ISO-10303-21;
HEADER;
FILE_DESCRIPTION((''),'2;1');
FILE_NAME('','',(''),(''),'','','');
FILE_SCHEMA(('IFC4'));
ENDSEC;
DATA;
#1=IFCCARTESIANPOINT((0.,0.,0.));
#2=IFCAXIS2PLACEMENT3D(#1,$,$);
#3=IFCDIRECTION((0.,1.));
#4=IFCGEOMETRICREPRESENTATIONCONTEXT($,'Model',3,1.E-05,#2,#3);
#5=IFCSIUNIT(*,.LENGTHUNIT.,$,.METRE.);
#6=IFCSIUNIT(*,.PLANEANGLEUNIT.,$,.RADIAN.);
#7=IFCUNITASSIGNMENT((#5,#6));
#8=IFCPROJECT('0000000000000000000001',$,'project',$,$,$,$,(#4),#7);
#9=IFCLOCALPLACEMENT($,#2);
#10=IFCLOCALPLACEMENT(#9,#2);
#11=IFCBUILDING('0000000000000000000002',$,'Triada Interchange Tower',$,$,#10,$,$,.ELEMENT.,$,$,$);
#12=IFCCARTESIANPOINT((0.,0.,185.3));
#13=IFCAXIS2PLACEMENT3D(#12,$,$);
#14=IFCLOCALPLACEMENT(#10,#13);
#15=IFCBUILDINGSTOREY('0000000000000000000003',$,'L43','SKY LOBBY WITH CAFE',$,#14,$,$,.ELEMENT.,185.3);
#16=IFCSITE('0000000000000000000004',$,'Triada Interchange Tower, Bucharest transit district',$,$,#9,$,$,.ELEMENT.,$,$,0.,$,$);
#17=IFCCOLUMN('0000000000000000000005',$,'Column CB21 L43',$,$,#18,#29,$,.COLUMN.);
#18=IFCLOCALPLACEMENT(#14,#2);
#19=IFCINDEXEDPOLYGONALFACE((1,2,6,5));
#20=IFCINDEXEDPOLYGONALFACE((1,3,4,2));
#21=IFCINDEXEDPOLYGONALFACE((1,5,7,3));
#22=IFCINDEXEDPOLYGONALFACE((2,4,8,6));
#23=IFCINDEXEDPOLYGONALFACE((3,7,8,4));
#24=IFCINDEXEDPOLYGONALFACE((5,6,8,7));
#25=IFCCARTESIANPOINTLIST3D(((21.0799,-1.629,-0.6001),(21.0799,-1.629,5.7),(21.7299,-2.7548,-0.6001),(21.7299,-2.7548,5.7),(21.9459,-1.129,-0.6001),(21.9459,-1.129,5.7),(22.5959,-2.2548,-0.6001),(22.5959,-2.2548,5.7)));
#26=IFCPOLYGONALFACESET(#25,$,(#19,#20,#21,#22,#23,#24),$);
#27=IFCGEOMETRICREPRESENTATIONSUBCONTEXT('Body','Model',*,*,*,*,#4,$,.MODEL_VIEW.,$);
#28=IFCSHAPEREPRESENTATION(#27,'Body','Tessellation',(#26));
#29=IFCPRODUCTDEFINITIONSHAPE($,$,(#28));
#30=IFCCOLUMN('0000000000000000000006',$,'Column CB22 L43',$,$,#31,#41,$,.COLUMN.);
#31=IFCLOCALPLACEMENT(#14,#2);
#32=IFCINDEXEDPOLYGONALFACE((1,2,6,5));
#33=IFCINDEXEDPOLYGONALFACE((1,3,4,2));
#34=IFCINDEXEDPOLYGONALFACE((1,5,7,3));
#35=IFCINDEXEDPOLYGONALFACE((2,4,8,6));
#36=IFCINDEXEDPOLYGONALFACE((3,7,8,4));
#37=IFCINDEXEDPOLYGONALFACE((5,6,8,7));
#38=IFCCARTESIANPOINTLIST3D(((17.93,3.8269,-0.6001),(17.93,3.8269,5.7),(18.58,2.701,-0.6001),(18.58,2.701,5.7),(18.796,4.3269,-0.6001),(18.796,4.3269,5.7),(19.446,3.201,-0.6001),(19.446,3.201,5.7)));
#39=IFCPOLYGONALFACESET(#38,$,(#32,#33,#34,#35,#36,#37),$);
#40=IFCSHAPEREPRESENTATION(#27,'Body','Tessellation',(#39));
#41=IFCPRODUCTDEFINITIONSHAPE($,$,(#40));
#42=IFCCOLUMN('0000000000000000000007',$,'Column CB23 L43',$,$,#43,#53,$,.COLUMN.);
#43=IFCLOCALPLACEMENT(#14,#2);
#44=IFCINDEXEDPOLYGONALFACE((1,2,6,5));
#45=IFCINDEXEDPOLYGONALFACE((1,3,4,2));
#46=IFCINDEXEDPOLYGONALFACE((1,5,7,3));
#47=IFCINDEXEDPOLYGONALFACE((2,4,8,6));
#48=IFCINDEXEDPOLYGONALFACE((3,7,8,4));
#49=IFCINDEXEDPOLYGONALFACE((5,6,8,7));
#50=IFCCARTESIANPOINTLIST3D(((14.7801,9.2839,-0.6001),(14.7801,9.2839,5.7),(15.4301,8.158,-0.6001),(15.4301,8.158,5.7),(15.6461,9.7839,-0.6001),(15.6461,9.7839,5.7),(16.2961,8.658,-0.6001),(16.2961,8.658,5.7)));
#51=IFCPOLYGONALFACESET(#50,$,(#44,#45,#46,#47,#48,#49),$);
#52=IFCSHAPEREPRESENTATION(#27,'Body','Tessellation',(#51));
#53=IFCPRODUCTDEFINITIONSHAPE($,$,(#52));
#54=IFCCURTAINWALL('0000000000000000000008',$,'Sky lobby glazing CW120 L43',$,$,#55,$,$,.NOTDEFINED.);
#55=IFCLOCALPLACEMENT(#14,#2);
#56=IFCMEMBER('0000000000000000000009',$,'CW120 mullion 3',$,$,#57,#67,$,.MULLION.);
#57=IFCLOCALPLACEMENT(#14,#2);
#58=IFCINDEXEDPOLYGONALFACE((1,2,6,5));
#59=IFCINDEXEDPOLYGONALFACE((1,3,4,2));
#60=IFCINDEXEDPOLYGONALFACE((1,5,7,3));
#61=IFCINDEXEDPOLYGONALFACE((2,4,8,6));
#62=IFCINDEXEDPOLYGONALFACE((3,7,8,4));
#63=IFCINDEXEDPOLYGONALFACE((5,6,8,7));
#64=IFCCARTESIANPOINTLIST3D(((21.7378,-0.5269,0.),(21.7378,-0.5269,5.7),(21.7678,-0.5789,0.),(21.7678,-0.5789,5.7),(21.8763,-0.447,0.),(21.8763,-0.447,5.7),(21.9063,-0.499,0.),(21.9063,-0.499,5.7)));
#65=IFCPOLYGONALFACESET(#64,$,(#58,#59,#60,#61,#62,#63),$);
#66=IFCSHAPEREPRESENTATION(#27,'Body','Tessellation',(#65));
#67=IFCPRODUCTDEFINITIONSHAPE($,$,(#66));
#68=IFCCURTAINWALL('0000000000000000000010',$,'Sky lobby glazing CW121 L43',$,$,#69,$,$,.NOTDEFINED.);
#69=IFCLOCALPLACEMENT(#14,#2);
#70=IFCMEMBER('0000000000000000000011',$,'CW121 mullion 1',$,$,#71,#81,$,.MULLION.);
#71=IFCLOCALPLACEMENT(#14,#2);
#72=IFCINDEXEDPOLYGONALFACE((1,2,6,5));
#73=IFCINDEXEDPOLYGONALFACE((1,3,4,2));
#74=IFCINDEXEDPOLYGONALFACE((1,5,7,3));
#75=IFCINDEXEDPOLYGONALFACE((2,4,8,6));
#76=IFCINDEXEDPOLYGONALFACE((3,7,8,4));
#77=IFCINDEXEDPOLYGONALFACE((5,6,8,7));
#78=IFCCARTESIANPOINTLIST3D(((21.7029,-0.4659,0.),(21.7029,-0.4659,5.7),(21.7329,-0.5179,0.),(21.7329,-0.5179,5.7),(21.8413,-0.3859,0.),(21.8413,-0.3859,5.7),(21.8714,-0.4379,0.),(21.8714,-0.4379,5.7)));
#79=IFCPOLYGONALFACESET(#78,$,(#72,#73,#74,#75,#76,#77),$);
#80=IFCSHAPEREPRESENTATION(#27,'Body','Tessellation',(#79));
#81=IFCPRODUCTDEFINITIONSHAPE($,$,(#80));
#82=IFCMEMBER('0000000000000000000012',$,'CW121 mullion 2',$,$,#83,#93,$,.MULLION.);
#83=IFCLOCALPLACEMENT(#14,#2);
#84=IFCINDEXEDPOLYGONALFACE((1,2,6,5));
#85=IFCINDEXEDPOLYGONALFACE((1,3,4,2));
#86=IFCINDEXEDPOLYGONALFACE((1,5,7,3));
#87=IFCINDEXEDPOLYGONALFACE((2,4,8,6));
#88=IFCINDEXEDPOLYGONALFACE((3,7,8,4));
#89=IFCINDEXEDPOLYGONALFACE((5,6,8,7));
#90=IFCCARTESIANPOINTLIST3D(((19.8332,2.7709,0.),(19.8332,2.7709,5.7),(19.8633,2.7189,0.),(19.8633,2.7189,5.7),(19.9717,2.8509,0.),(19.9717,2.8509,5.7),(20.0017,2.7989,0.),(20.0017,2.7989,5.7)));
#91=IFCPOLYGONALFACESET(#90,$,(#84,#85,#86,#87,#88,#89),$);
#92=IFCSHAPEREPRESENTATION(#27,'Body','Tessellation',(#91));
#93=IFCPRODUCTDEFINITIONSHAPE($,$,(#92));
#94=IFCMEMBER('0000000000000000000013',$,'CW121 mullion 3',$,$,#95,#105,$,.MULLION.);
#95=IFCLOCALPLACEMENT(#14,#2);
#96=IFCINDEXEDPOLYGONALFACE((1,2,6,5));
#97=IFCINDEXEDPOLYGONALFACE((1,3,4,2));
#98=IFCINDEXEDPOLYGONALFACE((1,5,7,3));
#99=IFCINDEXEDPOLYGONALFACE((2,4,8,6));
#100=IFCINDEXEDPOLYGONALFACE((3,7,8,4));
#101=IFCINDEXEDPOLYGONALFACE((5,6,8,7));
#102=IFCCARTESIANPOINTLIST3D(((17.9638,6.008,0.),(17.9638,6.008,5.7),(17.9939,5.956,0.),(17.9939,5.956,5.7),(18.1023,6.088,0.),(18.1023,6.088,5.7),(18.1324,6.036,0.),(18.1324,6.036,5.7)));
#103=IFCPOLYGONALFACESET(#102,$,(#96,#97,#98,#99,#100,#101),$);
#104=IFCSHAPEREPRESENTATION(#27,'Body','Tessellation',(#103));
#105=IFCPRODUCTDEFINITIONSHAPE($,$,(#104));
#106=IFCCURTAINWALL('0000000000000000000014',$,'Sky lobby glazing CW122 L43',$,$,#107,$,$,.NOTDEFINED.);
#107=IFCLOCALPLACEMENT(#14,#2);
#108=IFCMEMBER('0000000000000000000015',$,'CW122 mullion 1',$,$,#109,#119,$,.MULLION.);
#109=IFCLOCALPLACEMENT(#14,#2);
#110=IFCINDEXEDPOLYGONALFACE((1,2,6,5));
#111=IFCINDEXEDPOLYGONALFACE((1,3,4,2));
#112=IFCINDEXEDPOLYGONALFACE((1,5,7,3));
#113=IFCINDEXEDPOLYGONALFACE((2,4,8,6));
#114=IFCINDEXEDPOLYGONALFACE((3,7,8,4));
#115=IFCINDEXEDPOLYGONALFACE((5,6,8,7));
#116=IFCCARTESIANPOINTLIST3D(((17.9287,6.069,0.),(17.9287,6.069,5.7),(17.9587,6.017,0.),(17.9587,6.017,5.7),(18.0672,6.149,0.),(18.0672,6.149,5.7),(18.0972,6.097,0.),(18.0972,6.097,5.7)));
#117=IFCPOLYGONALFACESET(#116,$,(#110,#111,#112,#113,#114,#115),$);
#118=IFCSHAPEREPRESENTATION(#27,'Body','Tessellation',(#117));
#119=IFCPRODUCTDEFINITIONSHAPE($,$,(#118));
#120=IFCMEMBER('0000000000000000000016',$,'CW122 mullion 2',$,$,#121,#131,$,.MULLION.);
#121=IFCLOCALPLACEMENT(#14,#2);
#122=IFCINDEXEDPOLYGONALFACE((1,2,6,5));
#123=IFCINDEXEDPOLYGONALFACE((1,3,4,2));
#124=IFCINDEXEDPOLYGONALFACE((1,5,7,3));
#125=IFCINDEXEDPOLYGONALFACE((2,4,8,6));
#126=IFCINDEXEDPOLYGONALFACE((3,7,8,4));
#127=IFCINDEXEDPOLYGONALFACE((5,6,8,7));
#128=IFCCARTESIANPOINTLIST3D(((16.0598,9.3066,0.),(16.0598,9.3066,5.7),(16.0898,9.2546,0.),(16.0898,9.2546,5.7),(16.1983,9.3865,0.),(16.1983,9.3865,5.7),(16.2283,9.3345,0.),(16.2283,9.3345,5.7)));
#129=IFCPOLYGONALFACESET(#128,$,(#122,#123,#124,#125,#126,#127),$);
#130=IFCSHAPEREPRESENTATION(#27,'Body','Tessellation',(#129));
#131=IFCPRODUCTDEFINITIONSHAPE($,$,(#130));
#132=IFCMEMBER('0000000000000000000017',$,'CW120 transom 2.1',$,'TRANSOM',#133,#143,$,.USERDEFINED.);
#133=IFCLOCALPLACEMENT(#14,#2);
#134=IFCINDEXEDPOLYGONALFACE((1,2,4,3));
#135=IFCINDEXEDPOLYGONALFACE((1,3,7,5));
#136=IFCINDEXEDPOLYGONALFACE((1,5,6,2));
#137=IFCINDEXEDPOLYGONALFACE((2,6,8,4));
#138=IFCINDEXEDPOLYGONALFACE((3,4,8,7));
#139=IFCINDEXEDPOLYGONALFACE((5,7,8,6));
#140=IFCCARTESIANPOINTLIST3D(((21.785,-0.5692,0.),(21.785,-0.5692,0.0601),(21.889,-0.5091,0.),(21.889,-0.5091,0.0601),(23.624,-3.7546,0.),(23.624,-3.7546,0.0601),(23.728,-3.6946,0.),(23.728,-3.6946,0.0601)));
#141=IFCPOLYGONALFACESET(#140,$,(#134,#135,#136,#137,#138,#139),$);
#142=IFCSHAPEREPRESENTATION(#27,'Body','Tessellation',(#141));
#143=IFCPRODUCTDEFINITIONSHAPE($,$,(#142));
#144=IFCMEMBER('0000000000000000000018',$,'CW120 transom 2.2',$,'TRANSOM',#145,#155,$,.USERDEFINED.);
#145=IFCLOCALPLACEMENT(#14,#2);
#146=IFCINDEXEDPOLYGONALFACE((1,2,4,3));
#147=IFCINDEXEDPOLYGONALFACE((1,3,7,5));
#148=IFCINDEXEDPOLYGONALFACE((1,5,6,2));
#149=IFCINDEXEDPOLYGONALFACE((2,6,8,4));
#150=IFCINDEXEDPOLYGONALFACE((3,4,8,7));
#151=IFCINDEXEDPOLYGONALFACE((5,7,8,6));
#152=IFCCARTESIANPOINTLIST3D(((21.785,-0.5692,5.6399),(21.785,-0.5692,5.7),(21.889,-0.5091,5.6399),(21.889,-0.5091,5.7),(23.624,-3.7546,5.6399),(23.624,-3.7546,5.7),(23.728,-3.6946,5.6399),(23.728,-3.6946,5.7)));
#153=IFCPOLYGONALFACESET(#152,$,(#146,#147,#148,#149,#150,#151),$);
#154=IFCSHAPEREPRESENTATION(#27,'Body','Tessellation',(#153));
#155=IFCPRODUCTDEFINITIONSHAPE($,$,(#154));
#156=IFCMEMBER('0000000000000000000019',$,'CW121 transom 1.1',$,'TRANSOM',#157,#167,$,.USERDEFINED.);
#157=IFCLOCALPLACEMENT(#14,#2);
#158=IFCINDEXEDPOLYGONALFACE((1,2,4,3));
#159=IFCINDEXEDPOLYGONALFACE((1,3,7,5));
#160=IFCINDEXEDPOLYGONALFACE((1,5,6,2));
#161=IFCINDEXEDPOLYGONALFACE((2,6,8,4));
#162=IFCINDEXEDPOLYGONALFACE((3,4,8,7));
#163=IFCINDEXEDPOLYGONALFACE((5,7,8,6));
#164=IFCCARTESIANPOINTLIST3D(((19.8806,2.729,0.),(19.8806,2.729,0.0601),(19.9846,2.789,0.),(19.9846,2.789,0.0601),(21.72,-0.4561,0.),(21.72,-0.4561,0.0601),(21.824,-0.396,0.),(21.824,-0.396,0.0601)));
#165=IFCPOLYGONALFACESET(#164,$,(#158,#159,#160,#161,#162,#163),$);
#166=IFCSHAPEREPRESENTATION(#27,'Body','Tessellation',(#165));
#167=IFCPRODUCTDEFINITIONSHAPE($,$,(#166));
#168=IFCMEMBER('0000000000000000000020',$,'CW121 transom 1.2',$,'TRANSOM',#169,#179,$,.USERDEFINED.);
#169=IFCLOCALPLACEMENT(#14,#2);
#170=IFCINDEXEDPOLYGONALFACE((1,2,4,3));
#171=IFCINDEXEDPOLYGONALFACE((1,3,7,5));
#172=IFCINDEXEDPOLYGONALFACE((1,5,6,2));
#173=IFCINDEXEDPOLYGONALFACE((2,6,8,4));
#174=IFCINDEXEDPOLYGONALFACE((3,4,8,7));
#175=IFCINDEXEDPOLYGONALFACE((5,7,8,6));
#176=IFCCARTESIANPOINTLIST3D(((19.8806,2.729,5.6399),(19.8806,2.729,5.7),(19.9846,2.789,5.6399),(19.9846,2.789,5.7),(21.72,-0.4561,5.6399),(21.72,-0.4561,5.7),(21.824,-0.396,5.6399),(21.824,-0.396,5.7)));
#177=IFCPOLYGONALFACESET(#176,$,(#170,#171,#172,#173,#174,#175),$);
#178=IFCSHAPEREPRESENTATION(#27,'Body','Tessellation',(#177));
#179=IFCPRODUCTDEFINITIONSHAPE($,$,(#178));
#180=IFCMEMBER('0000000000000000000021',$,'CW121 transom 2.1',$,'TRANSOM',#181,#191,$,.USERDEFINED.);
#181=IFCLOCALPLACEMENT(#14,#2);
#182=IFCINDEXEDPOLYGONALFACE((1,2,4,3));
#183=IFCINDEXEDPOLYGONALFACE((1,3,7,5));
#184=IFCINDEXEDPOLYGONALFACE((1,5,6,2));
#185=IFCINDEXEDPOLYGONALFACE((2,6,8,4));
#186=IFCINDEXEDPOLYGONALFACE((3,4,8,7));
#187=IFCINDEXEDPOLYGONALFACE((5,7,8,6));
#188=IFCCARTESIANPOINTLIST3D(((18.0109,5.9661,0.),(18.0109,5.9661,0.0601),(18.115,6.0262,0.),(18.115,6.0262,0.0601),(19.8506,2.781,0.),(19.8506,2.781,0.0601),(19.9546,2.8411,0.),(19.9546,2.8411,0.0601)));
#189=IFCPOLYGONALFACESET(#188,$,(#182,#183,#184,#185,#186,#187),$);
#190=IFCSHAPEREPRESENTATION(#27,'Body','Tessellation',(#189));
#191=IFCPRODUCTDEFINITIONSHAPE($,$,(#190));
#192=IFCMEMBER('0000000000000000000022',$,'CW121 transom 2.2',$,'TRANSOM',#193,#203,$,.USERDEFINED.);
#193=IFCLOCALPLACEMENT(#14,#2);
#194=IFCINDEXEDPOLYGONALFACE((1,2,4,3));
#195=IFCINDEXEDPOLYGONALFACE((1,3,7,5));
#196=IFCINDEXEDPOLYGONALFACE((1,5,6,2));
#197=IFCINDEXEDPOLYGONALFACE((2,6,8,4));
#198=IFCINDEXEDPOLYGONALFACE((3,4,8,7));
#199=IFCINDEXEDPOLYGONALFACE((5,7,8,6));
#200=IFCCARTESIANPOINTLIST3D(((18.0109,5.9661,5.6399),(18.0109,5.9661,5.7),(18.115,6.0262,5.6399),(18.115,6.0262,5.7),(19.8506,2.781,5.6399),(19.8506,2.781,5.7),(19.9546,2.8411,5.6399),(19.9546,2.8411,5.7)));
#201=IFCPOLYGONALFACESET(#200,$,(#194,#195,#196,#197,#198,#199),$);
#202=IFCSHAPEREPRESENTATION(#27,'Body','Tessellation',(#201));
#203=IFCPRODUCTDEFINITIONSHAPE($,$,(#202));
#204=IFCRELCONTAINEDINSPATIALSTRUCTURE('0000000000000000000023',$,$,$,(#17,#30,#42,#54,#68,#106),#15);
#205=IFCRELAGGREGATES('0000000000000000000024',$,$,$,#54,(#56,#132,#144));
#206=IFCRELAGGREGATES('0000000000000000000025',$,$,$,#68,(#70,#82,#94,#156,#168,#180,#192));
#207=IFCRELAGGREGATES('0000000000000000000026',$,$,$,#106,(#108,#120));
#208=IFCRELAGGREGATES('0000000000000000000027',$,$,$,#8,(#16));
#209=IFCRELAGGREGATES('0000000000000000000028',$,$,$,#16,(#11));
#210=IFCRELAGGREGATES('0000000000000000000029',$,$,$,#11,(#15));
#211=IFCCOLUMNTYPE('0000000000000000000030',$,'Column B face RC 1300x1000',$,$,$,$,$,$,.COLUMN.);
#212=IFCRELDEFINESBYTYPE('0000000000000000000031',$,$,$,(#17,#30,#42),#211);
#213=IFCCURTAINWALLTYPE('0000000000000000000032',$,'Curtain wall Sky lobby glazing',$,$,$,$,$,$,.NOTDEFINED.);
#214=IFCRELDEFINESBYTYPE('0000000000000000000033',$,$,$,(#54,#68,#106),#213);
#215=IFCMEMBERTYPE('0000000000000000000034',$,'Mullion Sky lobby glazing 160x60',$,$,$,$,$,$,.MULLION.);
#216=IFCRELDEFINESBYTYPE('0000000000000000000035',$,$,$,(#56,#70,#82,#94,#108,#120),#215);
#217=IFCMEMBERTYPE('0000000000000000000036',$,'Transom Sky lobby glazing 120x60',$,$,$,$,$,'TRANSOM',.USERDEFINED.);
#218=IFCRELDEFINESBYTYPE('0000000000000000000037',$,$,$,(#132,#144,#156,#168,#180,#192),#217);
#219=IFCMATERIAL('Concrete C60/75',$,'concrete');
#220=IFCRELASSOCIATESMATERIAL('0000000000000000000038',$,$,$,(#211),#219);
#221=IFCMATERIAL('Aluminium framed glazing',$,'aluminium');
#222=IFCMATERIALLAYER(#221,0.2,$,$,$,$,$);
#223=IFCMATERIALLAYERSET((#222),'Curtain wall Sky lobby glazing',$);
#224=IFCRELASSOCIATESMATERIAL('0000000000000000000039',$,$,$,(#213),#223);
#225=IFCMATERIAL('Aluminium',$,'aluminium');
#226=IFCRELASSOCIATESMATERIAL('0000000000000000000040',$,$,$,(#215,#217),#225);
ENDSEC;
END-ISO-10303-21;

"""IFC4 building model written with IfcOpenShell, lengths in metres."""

from ifc_helpers import new_model, si_unit, direction, frame, origin, origin_2d, place, context, subcontext, project, spatial, rectangle, extrude, material, layer, layer_set, material_profile, profile_set, type_object, element, aggregate, save


model = new_model("IFC4")

# Units and contexts
model_context = context("Model", 3, precision=1e-05, world=origin(), true_north=direction((0.0, 1.0)))
body_context = subcontext(model_context, "Body", "Model", "MODEL_VIEW")
ifc_project = project(units=[si_unit("LENGTHUNIT", "METRE"), si_unit("PLANEANGLEUNIT", "RADIAN")], contexts=[model_context])

# Site, building, storey
site_placement = place(None, origin())
site = spatial("IfcSite", under=ifc_project, at=site_placement, Name="Triada Interchange Tower, Bucharest transit district", CompositionType="ELEMENT", RefElevation=0.0)
building_placement = place(site_placement, origin())
building = spatial("IfcBuilding", under=site, at=building_placement, Name="Triada Interchange Tower", CompositionType="ELEMENT")
storey_placement = place(building_placement, frame((0.0, 0.0, 185.3)))
storey = spatial("IfcBuildingStorey", under=building, at=storey_placement, Name="L43", Description="SKY LOBBY WITH CAFE", CompositionType="ELEMENT", Elevation=185.3)

# Columns
ifc_material_1 = material(Name="Concrete C60/75", Category="concrete")
ifc_material_profile_1 = material_profile(ifc_material_1, rectangle(XDim=1.3, YDim=1.0, at=origin_2d()), Name="RC 1300x1000")
ifc_profile_set_1 = profile_set([ifc_material_profile_1], Name="Concrete C60/75")
column_type = type_object("IfcColumnType", Name="Column B face RC 1300x1000", PredefinedType="COLUMN", material=ifc_profile_set_1)
for number, where, z_axis, x_axis, name in (
    (1, (21.8379, -1.9419, -0.6001), (0.0, 0.0, 1.0), (-0.5, 0.866025, 0.0), "Column CB21 L43"),
    (2, (18.688, 3.5139, -0.6001), (0.0, 0.0, 1.0), (-0.5, 0.866025, 0.0), "Column CB22 L43"),
    (3, (15.5381, 8.9709, -0.6001), (0.0, 0.0, 1.0), (-0.5, 0.866025, 0.0), "Column CB23 L43"),
):
    element("IfcColumn", number, at=place(storey_placement, frame(where, z_axis=z_axis, x_axis=x_axis)), inside=storey, type_object=column_type, Name=name, PredefinedType="COLUMN", context=body_context, shape_type="SweptSolid", body=[
        extrude(rectangle(XDim=1.3, YDim=1.0, at=origin_2d()), origin(), (0.0, 0.0, 1.0), 6.3),
    ])

# Curtain wall, member
ifc_material_2 = material(Name="Aluminium framed glazing", Category="aluminium")
ifc_layer_1 = layer(ifc_material_2, 0.2)
ifc_layer_set_1 = layer_set([ifc_layer_1], Name="Curtain wall Sky lobby glazing")
curtain_wall_type = type_object("IfcCurtainWallType", Name="Curtain wall Sky lobby glazing", PredefinedType="NOTDEFINED", material=ifc_layer_set_1)
curtain_wall_1_placement = place(storey_placement, origin())
curtain_wall_1 = element("IfcCurtainWall", 4, at=curtain_wall_1_placement, inside=storey, type_object=curtain_wall_type, Name="Sky lobby glazing CW120 L43", PredefinedType="NOTDEFINED")
ifc_material_3 = material(Name="Aluminium", Category="aluminium")
ifc_material_profile_2 = material_profile(ifc_material_3, rectangle(XDim=0.1599, YDim=0.0601, at=origin_2d()), Name="Aluminium mullion")
ifc_profile_set_2 = profile_set([ifc_material_profile_2], Name="Aluminium")
member_type_1 = type_object("IfcMemberType", Name="Mullion Sky lobby glazing 160x60", PredefinedType="MULLION", material=ifc_profile_set_2)
member_1_placement = place(storey_placement, frame((21.822, -0.5129, 0.0), z_axis=(0.0, 0.0, 1.0), x_axis=(-0.866046, -0.499964, 0.0)))
member_1 = element("IfcMember", 5, at=member_1_placement, type_object=member_type_1, Name="CW120 mullion 3", PredefinedType="MULLION", context=body_context, shape_type="SweptSolid", body=[
    extrude(rectangle(XDim=0.1599, YDim=0.0601, at=origin_2d()), origin(), (0.0, 0.0, 1.0), 5.7),
])

# Curtain walls, members
curtain_wall_2_placement = place(storey_placement, origin())
curtain_wall_2 = element("IfcCurtainWall", 6, at=curtain_wall_2_placement, inside=storey, type_object=curtain_wall_type, Name="Sky lobby glazing CW121 L43", PredefinedType="NOTDEFINED")
member_2_placement = place(storey_placement, frame((21.7871, -0.4519, 0.0), z_axis=(0.0, 0.0, 1.0), x_axis=(-0.865956, -0.500121, 0.0)))
member_2 = element("IfcMember", 7, at=member_2_placement, type_object=member_type_1, Name="CW121 mullion 1", PredefinedType="MULLION", context=body_context, shape_type="SweptSolid", body=[
    extrude(rectangle(XDim=0.1599, YDim=0.0601, at=origin_2d()), origin(), (0.0, 0.0, 1.0), 5.7),
])
member_3_placement = place(storey_placement, frame((19.9175, 2.7849, 0.0), z_axis=(0.0, 0.0, 1.0), x_axis=(-0.865956, -0.500121, 0.0)))
member_3 = element("IfcMember", 8, at=member_3_placement, type_object=member_type_1, Name="CW121 mullion 2", PredefinedType="MULLION", context=body_context, shape_type="SweptSolid", body=[
    extrude(rectangle(XDim=0.1599, YDim=0.0601, at=origin_2d()), origin(), (0.0, 0.0, 1.0), 5.7),
])
member_4_placement = place(storey_placement, frame((18.0481, 6.022, 0.0), z_axis=(0.0, 0.0, 1.0), x_axis=(-0.865956, -0.500121, 0.0)))
member_4 = element("IfcMember", 9, at=member_4_placement, type_object=member_type_1, Name="CW121 mullion 3", PredefinedType="MULLION", context=body_context, shape_type="SweptSolid", body=[
    extrude(rectangle(XDim=0.1599, YDim=0.0601, at=origin_2d()), origin(), (0.0, 0.0, 1.0), 5.7),
])
curtain_wall_3_placement = place(storey_placement, origin())
curtain_wall_3 = element("IfcCurtainWall", 10, at=curtain_wall_3_placement, inside=storey, type_object=curtain_wall_type, Name="Sky lobby glazing CW122 L43", PredefinedType="NOTDEFINED")
member_5_placement = place(storey_placement, frame((18.0129, 6.083, 0.0), z_axis=(0.0, 0.0, 1.0), x_axis=(-0.866046, -0.499964, 0.0)))
member_5 = element("IfcMember", 11, at=member_5_placement, type_object=member_type_1, Name="CW122 mullion 1", PredefinedType="MULLION", context=body_context, shape_type="SweptSolid", body=[
    extrude(rectangle(XDim=0.1599, YDim=0.0601, at=origin_2d()), origin(), (0.0, 0.0, 1.0), 5.7),
])
member_6_placement = place(storey_placement, frame((16.144, 9.3206, 0.0), z_axis=(0.0, 0.0, 1.0), x_axis=(-0.866046, -0.499964, 0.0)))
member_6 = element("IfcMember", 12, at=member_6_placement, type_object=member_type_1, Name="CW122 mullion 2", PredefinedType="MULLION", context=body_context, shape_type="SweptSolid", body=[
    extrude(rectangle(XDim=0.1599, YDim=0.0601, at=origin_2d()), origin(), (0.0, 0.0, 1.0), 5.7),
])

# Members
ifc_material_profile_3 = material_profile(ifc_material_3, rectangle(XDim=0.1201, YDim=0.0601, at=origin_2d()), Name="Aluminium transom")
ifc_profile_set_3 = profile_set([ifc_material_profile_3], Name="Aluminium")
member_type_2 = type_object("IfcMemberType", Name="Transom Sky lobby glazing 120x60", ElementType="TRANSOM", PredefinedType="USERDEFINED", material=ifc_profile_set_3)
member_7_placement = place(storey_placement, frame((23.676, -3.7246, 0.03), z_axis=(-0.499987, 0.866033, 0.0), x_axis=(-0.866033, -0.499987, 0.0)))
member_7 = element("IfcMember", 13, at=member_7_placement, type_object=member_type_2, Name="CW120 transom 2.1", ObjectType="TRANSOM", PredefinedType="USERDEFINED", context=body_context, shape_type="SweptSolid", body=[
    extrude(rectangle(XDim=0.1201, YDim=0.0601, at=origin_2d()), origin(), (0.0, 0.0, 1.0), 3.6782),
])
member_8_placement = place(storey_placement, frame((23.676, -3.7246, 5.6699), z_axis=(-0.499987, 0.866033, 0.0), x_axis=(-0.866033, -0.499987, 0.0)))
member_8 = element("IfcMember", 14, at=member_8_placement, type_object=member_type_2, Name="CW120 transom 2.2", ObjectType="TRANSOM", PredefinedType="USERDEFINED", context=body_context, shape_type="SweptSolid", body=[
    extrude(rectangle(XDim=0.1201, YDim=0.0601, at=origin_2d()), origin(), (0.0, 0.0, 1.0), 3.6782),
])
member_9_placement = place(storey_placement, frame((21.772, -0.426, 0.03), z_axis=(-0.500094, 0.865971, 0.0), x_axis=(-0.865971, -0.500094, 0.0)))
member_9 = element("IfcMember", 15, at=member_9_placement, type_object=member_type_2, Name="CW121 transom 1.1", ObjectType="TRANSOM", PredefinedType="USERDEFINED", context=body_context, shape_type="SweptSolid", body=[
    extrude(rectangle(XDim=0.1201, YDim=0.0601, at=origin_2d()), origin(), (0.0, 0.0, 1.0), 3.678),
])
member_10_placement = place(storey_placement, frame((21.772, -0.426, 5.6699), z_axis=(-0.500094, 0.865971, 0.0), x_axis=(-0.865971, -0.500094, 0.0)))
member_10 = element("IfcMember", 16, at=member_10_placement, type_object=member_type_2, Name="CW121 transom 1.2", ObjectType="TRANSOM", PredefinedType="USERDEFINED", context=body_context, shape_type="SweptSolid", body=[
    extrude(rectangle(XDim=0.1201, YDim=0.0601, at=origin_2d()), origin(), (0.0, 0.0, 1.0), 3.678),
])
member_11_placement = place(storey_placement, frame((19.9026, 2.811, 0.03), z_axis=(-0.500144, 0.865942, 0.0), x_axis=(-0.865942, -0.500144, 0.0)))
member_11 = element("IfcMember", 17, at=member_11_placement, type_object=member_type_2, Name="CW121 transom 2.1", ObjectType="TRANSOM", PredefinedType="USERDEFINED", context=body_context, shape_type="SweptSolid", body=[
    extrude(rectangle(XDim=0.1201, YDim=0.0601, at=origin_2d()), origin(), (0.0, 0.0, 1.0), 3.6782),
])
member_12_placement = place(storey_placement, frame((19.9026, 2.811, 5.6699), z_axis=(-0.500144, 0.865942, 0.0), x_axis=(-0.865942, -0.500144, 0.0)))
member_12 = element("IfcMember", 18, at=member_12_placement, type_object=member_type_2, Name="CW121 transom 2.2", ObjectType="TRANSOM", PredefinedType="USERDEFINED", context=body_context, shape_type="SweptSolid", body=[
    extrude(rectangle(XDim=0.1201, YDim=0.0601, at=origin_2d()), origin(), (0.0, 0.0, 1.0), 3.6782),
])

aggregate(curtain_wall_1, [member_1, member_7, member_8])
aggregate(curtain_wall_2, [member_2, member_3, member_4, member_9, member_10, member_11, member_12])
aggregate(curtain_wall_3, [member_5, member_6])

save(model, "model.ifc")
